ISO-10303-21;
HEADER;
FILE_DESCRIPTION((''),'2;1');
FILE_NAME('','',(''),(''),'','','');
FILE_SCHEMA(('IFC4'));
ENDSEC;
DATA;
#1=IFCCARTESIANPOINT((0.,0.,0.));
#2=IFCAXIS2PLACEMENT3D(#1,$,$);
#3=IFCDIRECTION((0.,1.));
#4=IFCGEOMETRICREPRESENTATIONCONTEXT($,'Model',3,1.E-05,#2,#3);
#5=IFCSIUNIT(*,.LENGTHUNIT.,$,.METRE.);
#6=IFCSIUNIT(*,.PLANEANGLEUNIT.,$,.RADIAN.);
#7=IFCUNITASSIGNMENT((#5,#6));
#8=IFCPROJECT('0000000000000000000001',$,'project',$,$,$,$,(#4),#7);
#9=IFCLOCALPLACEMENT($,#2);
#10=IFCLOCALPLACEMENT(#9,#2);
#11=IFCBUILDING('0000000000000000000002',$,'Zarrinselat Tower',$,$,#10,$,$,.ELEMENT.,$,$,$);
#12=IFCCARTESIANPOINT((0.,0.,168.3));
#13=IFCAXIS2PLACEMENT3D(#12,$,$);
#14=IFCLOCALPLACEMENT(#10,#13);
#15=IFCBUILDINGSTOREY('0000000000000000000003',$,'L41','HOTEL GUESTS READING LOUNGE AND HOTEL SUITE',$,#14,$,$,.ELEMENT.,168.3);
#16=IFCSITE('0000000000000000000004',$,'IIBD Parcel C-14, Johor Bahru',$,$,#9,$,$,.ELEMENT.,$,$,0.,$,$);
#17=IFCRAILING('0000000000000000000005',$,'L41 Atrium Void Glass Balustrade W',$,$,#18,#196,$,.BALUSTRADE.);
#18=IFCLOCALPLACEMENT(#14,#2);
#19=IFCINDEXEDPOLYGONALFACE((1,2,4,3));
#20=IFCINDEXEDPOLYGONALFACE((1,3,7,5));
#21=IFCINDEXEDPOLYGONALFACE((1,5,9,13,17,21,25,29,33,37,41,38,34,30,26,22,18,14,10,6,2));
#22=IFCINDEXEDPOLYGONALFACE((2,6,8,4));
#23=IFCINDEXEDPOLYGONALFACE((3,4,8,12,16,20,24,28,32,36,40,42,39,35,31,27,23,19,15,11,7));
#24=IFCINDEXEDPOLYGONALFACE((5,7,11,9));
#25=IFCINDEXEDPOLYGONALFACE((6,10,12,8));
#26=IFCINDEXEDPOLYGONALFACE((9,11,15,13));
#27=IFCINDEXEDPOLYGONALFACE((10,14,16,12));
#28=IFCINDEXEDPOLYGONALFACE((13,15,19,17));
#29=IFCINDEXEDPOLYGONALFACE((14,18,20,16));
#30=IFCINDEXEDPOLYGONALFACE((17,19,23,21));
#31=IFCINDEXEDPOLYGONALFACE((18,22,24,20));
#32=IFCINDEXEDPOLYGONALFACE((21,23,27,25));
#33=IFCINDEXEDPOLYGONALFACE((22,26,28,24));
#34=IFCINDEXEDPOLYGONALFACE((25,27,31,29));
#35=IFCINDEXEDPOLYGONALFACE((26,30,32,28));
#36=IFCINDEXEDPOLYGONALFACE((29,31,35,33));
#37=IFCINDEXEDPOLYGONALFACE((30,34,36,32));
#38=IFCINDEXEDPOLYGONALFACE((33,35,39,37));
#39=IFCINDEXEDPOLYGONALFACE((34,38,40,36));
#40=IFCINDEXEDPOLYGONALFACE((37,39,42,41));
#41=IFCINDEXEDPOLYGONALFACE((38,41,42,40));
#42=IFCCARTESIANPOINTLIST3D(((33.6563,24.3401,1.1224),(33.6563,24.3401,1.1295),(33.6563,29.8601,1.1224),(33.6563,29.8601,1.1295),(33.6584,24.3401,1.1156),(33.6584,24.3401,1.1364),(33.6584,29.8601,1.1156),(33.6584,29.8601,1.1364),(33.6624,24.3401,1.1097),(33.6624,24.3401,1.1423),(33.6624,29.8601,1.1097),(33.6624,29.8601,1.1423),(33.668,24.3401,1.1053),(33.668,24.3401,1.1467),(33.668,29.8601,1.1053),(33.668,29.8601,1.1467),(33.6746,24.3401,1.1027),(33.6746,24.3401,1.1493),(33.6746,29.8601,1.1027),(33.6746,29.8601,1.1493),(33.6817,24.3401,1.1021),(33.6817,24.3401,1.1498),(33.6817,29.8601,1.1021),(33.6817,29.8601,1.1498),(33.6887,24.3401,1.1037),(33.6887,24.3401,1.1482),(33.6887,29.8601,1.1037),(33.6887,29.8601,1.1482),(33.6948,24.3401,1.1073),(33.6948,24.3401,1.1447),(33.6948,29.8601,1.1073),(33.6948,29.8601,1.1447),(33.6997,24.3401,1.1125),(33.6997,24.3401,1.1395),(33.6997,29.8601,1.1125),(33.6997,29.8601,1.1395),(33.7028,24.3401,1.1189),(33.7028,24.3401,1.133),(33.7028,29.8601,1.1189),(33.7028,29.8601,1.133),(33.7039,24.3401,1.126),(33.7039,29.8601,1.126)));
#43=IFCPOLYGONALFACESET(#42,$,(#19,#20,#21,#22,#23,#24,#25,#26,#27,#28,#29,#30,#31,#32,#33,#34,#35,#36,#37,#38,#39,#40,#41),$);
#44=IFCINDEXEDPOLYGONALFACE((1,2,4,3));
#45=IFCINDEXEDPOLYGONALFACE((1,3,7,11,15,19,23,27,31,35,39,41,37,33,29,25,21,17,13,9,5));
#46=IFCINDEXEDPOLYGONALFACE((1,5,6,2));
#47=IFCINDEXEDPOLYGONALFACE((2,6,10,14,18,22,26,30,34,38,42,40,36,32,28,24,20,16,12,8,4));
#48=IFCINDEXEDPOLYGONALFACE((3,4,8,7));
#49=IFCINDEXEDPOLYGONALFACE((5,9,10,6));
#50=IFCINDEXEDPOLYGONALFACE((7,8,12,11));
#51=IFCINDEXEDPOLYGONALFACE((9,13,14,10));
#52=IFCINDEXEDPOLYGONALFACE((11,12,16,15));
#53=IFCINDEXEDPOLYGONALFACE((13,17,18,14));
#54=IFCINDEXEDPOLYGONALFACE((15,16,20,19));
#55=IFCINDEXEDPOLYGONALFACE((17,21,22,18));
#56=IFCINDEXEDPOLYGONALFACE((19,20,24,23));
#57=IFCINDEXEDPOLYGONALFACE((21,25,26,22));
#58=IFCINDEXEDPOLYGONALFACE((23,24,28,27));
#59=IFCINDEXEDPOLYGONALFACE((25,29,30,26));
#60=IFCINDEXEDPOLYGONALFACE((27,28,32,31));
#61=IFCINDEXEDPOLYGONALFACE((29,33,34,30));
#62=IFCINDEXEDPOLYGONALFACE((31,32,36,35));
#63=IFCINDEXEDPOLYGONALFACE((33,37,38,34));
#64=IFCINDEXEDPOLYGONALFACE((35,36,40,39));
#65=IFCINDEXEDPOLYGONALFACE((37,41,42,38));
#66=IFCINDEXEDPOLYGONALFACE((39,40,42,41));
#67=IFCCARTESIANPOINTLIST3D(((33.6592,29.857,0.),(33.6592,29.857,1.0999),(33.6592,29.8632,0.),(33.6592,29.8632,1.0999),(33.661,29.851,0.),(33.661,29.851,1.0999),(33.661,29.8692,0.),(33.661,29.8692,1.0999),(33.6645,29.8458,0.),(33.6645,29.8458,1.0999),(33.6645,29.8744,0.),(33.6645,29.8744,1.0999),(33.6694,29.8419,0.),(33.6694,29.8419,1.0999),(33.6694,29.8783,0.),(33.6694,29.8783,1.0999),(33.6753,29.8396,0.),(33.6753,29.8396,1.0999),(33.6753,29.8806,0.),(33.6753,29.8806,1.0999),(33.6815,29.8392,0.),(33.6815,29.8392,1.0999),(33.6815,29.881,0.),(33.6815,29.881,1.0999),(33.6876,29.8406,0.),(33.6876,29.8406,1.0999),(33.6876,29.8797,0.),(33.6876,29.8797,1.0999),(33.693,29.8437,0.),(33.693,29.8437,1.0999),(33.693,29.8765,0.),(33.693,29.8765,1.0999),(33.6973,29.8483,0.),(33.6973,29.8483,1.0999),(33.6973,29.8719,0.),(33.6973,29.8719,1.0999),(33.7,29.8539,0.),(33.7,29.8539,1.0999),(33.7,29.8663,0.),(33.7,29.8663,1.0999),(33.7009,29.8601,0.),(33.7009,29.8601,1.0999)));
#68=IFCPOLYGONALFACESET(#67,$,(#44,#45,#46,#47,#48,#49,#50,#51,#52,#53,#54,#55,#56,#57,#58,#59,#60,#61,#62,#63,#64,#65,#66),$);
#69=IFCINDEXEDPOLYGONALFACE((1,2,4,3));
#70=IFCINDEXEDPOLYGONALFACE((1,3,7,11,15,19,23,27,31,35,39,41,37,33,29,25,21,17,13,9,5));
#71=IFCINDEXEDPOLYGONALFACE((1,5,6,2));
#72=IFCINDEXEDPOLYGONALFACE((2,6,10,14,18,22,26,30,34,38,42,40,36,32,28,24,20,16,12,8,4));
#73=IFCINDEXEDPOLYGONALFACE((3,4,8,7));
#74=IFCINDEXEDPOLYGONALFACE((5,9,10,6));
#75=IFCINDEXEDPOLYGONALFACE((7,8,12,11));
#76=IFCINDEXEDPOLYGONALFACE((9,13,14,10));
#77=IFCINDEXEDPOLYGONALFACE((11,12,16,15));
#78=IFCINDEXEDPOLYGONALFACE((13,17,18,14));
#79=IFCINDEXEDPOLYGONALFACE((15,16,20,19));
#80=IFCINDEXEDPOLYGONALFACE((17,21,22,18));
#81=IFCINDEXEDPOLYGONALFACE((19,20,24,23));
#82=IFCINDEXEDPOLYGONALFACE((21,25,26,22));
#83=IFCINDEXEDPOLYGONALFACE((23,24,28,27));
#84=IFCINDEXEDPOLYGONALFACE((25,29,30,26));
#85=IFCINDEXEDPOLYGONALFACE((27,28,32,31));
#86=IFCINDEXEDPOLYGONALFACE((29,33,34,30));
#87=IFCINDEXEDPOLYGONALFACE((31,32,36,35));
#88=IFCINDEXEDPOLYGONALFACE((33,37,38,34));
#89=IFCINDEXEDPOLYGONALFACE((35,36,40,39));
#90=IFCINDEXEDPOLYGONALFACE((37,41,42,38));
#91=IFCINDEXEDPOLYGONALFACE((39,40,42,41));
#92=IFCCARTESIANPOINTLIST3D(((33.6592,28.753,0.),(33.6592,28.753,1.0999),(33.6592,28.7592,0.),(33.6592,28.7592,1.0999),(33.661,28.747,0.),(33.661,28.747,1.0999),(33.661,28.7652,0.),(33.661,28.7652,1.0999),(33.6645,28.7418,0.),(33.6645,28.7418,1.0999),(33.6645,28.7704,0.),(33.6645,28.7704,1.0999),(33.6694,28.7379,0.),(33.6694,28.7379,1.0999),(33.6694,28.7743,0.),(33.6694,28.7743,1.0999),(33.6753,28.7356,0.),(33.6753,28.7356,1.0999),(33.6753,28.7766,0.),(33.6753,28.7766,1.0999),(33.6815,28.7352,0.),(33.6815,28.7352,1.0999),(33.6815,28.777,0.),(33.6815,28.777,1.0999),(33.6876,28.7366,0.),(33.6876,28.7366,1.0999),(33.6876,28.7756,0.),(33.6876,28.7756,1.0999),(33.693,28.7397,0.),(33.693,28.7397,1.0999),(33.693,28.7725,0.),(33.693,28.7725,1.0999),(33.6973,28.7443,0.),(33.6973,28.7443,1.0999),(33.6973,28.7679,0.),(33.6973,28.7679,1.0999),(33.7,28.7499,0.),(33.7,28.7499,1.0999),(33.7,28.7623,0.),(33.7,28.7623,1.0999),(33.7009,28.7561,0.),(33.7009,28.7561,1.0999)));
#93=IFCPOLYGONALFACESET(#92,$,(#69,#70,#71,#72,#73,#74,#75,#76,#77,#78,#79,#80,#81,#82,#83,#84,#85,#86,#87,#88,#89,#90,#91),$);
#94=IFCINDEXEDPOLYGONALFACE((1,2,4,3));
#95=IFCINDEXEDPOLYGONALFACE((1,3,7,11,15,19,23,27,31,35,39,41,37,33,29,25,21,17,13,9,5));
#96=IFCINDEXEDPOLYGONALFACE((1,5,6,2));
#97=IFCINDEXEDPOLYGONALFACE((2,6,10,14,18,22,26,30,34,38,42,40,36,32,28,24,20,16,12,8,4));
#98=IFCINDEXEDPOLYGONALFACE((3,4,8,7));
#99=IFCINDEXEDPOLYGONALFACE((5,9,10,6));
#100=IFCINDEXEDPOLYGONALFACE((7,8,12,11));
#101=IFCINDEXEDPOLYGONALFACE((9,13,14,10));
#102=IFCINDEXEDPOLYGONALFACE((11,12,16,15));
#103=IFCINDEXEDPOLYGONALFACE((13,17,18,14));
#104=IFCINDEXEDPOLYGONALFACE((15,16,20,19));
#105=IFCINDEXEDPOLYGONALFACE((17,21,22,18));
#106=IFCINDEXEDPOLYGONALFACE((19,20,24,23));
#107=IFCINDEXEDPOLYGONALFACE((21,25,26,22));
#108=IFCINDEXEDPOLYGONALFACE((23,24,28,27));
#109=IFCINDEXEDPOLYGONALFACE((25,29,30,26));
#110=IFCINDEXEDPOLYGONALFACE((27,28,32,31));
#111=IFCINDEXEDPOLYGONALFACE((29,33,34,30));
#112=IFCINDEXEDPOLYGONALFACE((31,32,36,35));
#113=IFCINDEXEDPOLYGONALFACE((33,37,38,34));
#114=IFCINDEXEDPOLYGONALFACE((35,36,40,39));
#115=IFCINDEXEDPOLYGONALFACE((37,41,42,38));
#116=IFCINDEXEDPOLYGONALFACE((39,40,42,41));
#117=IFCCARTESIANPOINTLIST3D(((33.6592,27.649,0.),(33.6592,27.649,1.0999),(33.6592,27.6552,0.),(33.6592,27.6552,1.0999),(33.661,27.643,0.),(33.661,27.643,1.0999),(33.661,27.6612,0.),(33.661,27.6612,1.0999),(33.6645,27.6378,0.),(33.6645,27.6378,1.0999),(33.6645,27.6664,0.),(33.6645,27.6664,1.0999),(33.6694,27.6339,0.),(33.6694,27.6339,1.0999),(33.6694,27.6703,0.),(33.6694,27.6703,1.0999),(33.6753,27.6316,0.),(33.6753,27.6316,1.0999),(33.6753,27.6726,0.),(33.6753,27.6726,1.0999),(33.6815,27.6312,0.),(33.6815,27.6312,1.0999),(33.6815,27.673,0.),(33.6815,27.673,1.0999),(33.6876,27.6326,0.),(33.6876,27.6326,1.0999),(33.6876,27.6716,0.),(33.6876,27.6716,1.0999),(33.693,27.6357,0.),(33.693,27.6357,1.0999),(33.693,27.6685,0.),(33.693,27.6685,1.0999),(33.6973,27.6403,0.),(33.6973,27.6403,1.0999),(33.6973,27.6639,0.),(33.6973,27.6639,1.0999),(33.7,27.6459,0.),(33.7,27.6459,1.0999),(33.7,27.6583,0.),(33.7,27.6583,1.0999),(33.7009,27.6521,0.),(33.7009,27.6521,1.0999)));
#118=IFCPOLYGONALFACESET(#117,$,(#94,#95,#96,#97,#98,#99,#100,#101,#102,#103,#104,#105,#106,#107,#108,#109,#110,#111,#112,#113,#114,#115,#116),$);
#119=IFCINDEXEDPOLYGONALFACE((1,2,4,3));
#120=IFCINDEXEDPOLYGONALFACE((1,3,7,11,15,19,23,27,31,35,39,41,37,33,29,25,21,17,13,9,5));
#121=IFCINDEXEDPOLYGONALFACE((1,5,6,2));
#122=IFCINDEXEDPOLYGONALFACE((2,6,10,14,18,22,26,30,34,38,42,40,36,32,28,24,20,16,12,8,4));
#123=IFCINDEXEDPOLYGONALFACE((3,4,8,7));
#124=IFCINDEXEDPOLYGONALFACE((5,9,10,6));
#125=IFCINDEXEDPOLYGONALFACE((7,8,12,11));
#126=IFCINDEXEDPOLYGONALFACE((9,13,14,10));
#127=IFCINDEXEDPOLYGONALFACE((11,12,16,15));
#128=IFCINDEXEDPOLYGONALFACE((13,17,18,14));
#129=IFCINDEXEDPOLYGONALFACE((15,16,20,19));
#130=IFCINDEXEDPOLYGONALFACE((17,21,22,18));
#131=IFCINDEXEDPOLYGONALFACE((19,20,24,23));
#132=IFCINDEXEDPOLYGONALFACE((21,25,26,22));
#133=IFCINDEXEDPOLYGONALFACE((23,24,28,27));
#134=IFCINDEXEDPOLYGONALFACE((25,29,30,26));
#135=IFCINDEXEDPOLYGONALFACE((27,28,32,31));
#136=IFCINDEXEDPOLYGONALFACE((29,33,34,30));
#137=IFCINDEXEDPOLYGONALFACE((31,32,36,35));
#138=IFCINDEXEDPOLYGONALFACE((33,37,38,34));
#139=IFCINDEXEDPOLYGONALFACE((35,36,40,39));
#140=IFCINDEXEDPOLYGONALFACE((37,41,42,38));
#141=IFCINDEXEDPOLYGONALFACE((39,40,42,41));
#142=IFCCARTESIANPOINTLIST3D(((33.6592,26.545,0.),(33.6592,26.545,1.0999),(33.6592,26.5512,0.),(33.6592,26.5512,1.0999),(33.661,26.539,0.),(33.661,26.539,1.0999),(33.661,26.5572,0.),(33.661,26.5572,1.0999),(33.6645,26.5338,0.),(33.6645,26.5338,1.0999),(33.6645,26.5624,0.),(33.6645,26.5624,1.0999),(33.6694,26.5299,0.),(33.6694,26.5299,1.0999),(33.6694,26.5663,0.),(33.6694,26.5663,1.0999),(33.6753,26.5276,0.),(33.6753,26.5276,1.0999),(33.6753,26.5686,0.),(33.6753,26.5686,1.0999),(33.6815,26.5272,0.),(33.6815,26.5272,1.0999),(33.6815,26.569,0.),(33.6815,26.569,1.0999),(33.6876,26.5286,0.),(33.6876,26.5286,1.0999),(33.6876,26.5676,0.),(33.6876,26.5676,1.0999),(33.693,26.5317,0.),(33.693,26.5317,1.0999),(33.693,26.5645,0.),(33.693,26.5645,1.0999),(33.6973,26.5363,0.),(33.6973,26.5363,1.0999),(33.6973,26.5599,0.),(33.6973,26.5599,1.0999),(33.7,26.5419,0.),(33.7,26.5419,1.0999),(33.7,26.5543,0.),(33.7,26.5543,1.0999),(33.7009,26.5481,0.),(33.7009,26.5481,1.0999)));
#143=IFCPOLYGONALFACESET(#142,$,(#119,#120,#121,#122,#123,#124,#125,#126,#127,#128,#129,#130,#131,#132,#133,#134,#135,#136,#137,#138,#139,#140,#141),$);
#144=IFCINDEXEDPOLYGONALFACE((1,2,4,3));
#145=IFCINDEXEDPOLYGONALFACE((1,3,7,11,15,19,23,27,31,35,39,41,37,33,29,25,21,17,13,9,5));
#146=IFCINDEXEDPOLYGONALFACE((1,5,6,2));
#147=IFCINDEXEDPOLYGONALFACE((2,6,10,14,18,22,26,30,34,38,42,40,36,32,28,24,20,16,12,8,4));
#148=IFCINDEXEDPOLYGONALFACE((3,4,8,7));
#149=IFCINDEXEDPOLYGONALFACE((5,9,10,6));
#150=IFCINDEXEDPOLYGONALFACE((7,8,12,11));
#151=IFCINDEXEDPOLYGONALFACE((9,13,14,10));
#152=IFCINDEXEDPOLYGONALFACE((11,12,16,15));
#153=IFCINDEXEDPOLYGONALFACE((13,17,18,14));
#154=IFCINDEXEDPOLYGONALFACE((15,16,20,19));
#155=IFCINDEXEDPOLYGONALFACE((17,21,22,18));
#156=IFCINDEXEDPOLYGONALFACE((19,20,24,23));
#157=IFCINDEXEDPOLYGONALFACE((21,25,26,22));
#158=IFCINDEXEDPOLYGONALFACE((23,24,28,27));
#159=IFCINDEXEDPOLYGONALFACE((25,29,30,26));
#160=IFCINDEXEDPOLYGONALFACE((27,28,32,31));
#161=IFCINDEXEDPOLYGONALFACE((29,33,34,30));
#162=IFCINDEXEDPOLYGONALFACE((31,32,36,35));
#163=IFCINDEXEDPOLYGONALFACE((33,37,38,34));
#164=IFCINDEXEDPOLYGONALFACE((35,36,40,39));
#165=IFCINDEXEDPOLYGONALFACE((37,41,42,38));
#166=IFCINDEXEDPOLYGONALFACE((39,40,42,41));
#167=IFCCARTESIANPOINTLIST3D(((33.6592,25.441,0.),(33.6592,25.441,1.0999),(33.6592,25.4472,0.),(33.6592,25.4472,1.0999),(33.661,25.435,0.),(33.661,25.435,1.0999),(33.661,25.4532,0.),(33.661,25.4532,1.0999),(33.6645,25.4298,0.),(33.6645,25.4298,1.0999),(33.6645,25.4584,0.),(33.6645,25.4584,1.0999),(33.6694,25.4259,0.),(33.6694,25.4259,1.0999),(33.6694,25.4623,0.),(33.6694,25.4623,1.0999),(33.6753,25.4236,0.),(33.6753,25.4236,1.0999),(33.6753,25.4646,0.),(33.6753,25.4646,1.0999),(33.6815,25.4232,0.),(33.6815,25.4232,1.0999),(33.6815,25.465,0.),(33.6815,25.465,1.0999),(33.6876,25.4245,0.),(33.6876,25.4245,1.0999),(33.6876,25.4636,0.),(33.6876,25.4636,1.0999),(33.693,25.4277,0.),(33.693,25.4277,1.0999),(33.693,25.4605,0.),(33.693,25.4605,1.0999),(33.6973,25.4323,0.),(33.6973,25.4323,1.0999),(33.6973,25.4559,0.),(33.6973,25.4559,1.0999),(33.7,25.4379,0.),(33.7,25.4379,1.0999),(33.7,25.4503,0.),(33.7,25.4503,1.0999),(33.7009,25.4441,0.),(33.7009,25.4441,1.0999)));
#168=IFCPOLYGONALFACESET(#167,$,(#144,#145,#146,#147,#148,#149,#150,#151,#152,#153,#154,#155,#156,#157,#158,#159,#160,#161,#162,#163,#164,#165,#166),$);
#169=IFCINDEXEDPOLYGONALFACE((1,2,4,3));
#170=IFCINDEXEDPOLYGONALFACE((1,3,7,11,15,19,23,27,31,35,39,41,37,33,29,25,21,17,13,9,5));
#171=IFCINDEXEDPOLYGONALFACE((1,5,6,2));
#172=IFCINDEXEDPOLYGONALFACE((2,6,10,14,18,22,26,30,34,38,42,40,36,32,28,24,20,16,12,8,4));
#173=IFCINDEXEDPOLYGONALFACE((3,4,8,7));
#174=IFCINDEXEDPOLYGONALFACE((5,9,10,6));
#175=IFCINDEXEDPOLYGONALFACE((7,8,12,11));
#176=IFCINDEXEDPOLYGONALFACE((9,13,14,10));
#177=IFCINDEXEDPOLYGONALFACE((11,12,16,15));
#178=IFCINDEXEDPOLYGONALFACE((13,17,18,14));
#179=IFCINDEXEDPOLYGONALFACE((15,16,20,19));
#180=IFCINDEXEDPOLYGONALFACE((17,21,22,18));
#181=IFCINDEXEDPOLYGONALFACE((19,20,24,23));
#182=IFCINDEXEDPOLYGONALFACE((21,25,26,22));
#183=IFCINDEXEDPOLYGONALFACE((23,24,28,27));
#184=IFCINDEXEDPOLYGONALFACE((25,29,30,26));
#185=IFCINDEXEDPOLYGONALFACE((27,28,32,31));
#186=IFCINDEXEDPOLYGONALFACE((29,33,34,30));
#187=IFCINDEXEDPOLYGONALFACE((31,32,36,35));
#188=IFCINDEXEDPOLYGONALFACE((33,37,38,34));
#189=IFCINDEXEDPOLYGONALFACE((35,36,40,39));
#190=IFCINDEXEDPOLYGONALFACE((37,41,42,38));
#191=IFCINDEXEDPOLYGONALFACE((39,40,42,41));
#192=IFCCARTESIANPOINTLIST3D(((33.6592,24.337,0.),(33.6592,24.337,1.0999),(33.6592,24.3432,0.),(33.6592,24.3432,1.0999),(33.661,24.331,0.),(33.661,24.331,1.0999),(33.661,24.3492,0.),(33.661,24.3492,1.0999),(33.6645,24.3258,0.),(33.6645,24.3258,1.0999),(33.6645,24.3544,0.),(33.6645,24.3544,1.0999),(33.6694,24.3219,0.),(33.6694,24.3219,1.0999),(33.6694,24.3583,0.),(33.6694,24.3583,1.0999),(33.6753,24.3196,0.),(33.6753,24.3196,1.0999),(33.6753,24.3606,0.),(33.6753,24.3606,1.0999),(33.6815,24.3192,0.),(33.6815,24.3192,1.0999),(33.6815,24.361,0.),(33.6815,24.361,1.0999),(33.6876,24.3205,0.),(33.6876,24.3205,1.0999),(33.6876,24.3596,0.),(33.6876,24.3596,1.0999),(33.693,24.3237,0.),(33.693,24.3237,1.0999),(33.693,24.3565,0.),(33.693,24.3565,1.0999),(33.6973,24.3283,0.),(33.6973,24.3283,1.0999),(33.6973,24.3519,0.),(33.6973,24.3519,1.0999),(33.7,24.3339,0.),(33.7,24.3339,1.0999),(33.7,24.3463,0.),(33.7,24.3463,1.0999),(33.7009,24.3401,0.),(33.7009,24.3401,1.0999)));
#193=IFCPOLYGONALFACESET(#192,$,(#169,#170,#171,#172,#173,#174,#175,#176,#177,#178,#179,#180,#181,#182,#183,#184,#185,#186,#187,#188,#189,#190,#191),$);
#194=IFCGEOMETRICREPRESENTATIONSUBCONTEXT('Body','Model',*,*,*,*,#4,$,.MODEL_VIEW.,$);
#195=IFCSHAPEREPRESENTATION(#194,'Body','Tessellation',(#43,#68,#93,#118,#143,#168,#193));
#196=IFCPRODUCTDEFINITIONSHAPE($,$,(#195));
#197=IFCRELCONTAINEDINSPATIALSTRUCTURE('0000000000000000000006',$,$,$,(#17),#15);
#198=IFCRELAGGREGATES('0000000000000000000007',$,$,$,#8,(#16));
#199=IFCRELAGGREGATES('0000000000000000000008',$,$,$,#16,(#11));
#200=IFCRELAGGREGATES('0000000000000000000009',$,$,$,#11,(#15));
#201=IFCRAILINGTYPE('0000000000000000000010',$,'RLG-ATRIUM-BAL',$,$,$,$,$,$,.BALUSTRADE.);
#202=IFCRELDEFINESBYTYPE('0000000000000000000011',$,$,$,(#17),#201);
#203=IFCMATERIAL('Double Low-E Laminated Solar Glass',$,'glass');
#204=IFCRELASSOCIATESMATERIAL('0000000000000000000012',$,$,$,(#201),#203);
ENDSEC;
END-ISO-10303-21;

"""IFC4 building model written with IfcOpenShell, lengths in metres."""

from ifc_helpers import new_model, si_unit, direction, frame, origin, origin_2d, place, context, subcontext, project, spatial, circle, extrude, material, type_object, element, save


model = new_model("IFC4")

# Units and contexts
model_context = context("Model", 3, precision=1e-05, world=origin(), true_north=direction((0.0, 1.0)))
body_context = subcontext(model_context, "Body", "Model", "MODEL_VIEW")
ifc_project = project(units=[si_unit("LENGTHUNIT", "METRE"), si_unit("PLANEANGLEUNIT", "RADIAN")], contexts=[model_context])

# Site, building, storey
site_placement = place(None, origin())
site = spatial("IfcSite", under=ifc_project, at=site_placement, Name="IIBD Parcel C-14, Johor Bahru", CompositionType="ELEMENT", RefElevation=0.0)
building_placement = place(site_placement, origin())
building = spatial("IfcBuilding", under=site, at=building_placement, Name="Zarrinselat Tower", CompositionType="ELEMENT")
storey_placement = place(building_placement, frame((0.0, 0.0, 168.3)))
storey = spatial("IfcBuildingStorey", under=building, at=storey_placement, Name="L41", Description="HOTEL GUESTS READING LOUNGE AND HOTEL SUITE", CompositionType="ELEMENT", Elevation=168.3)

# Railing
ifc_material_1 = material(Name="Double Low-E Laminated Solar Glass", Category="glass")
railing_type = type_object("IfcRailingType", Name="RLG-ATRIUM-BAL", PredefinedType="BALUSTRADE", material=ifc_material_1)
railing_placement = place(storey_placement, frame((33.6799, 29.8601, 0.0)))
element("IfcRailing", 1, at=railing_placement, inside=storey, type_object=railing_type, Name="L41 Atrium Void Glass Balustrade W", PredefinedType="BALUSTRADE", context=body_context, shape_type="SweptSolid", body=[
    extrude(circle(Radius=0.0239, at=origin_2d()), frame((0.0, 0.0, 1.126), z_axis=(0.0, -1.0, 0.0), x_axis=(1.0, 0.0, 0.0)), (0.0, 0.0, 1.0), 5.52),
    extrude(circle(Radius=0.021, at=origin_2d()), origin(), (0.0, 0.0, 1.0), 1.0999),
    extrude(circle(Radius=0.021, at=origin_2d()), frame((0.0, -1.104, 0.0)), (0.0, 0.0, 1.0), 1.0999),
    extrude(circle(Radius=0.021, at=origin_2d()), frame((0.0, -2.208, 0.0)), (0.0, 0.0, 1.0), 1.0999),
    extrude(circle(Radius=0.021, at=origin_2d()), frame((0.0, -3.312, 0.0)), (0.0, 0.0, 1.0), 1.0999),
    extrude(circle(Radius=0.021, at=origin_2d()), frame((0.0, -4.416, 0.0)), (0.0, 0.0, 1.0), 1.0999),
    extrude(circle(Radius=0.021, at=origin_2d()), frame((0.0, -5.52, 0.0)), (0.0, 0.0, 1.0), 1.0999),
])

save(model, "model.ifc")
